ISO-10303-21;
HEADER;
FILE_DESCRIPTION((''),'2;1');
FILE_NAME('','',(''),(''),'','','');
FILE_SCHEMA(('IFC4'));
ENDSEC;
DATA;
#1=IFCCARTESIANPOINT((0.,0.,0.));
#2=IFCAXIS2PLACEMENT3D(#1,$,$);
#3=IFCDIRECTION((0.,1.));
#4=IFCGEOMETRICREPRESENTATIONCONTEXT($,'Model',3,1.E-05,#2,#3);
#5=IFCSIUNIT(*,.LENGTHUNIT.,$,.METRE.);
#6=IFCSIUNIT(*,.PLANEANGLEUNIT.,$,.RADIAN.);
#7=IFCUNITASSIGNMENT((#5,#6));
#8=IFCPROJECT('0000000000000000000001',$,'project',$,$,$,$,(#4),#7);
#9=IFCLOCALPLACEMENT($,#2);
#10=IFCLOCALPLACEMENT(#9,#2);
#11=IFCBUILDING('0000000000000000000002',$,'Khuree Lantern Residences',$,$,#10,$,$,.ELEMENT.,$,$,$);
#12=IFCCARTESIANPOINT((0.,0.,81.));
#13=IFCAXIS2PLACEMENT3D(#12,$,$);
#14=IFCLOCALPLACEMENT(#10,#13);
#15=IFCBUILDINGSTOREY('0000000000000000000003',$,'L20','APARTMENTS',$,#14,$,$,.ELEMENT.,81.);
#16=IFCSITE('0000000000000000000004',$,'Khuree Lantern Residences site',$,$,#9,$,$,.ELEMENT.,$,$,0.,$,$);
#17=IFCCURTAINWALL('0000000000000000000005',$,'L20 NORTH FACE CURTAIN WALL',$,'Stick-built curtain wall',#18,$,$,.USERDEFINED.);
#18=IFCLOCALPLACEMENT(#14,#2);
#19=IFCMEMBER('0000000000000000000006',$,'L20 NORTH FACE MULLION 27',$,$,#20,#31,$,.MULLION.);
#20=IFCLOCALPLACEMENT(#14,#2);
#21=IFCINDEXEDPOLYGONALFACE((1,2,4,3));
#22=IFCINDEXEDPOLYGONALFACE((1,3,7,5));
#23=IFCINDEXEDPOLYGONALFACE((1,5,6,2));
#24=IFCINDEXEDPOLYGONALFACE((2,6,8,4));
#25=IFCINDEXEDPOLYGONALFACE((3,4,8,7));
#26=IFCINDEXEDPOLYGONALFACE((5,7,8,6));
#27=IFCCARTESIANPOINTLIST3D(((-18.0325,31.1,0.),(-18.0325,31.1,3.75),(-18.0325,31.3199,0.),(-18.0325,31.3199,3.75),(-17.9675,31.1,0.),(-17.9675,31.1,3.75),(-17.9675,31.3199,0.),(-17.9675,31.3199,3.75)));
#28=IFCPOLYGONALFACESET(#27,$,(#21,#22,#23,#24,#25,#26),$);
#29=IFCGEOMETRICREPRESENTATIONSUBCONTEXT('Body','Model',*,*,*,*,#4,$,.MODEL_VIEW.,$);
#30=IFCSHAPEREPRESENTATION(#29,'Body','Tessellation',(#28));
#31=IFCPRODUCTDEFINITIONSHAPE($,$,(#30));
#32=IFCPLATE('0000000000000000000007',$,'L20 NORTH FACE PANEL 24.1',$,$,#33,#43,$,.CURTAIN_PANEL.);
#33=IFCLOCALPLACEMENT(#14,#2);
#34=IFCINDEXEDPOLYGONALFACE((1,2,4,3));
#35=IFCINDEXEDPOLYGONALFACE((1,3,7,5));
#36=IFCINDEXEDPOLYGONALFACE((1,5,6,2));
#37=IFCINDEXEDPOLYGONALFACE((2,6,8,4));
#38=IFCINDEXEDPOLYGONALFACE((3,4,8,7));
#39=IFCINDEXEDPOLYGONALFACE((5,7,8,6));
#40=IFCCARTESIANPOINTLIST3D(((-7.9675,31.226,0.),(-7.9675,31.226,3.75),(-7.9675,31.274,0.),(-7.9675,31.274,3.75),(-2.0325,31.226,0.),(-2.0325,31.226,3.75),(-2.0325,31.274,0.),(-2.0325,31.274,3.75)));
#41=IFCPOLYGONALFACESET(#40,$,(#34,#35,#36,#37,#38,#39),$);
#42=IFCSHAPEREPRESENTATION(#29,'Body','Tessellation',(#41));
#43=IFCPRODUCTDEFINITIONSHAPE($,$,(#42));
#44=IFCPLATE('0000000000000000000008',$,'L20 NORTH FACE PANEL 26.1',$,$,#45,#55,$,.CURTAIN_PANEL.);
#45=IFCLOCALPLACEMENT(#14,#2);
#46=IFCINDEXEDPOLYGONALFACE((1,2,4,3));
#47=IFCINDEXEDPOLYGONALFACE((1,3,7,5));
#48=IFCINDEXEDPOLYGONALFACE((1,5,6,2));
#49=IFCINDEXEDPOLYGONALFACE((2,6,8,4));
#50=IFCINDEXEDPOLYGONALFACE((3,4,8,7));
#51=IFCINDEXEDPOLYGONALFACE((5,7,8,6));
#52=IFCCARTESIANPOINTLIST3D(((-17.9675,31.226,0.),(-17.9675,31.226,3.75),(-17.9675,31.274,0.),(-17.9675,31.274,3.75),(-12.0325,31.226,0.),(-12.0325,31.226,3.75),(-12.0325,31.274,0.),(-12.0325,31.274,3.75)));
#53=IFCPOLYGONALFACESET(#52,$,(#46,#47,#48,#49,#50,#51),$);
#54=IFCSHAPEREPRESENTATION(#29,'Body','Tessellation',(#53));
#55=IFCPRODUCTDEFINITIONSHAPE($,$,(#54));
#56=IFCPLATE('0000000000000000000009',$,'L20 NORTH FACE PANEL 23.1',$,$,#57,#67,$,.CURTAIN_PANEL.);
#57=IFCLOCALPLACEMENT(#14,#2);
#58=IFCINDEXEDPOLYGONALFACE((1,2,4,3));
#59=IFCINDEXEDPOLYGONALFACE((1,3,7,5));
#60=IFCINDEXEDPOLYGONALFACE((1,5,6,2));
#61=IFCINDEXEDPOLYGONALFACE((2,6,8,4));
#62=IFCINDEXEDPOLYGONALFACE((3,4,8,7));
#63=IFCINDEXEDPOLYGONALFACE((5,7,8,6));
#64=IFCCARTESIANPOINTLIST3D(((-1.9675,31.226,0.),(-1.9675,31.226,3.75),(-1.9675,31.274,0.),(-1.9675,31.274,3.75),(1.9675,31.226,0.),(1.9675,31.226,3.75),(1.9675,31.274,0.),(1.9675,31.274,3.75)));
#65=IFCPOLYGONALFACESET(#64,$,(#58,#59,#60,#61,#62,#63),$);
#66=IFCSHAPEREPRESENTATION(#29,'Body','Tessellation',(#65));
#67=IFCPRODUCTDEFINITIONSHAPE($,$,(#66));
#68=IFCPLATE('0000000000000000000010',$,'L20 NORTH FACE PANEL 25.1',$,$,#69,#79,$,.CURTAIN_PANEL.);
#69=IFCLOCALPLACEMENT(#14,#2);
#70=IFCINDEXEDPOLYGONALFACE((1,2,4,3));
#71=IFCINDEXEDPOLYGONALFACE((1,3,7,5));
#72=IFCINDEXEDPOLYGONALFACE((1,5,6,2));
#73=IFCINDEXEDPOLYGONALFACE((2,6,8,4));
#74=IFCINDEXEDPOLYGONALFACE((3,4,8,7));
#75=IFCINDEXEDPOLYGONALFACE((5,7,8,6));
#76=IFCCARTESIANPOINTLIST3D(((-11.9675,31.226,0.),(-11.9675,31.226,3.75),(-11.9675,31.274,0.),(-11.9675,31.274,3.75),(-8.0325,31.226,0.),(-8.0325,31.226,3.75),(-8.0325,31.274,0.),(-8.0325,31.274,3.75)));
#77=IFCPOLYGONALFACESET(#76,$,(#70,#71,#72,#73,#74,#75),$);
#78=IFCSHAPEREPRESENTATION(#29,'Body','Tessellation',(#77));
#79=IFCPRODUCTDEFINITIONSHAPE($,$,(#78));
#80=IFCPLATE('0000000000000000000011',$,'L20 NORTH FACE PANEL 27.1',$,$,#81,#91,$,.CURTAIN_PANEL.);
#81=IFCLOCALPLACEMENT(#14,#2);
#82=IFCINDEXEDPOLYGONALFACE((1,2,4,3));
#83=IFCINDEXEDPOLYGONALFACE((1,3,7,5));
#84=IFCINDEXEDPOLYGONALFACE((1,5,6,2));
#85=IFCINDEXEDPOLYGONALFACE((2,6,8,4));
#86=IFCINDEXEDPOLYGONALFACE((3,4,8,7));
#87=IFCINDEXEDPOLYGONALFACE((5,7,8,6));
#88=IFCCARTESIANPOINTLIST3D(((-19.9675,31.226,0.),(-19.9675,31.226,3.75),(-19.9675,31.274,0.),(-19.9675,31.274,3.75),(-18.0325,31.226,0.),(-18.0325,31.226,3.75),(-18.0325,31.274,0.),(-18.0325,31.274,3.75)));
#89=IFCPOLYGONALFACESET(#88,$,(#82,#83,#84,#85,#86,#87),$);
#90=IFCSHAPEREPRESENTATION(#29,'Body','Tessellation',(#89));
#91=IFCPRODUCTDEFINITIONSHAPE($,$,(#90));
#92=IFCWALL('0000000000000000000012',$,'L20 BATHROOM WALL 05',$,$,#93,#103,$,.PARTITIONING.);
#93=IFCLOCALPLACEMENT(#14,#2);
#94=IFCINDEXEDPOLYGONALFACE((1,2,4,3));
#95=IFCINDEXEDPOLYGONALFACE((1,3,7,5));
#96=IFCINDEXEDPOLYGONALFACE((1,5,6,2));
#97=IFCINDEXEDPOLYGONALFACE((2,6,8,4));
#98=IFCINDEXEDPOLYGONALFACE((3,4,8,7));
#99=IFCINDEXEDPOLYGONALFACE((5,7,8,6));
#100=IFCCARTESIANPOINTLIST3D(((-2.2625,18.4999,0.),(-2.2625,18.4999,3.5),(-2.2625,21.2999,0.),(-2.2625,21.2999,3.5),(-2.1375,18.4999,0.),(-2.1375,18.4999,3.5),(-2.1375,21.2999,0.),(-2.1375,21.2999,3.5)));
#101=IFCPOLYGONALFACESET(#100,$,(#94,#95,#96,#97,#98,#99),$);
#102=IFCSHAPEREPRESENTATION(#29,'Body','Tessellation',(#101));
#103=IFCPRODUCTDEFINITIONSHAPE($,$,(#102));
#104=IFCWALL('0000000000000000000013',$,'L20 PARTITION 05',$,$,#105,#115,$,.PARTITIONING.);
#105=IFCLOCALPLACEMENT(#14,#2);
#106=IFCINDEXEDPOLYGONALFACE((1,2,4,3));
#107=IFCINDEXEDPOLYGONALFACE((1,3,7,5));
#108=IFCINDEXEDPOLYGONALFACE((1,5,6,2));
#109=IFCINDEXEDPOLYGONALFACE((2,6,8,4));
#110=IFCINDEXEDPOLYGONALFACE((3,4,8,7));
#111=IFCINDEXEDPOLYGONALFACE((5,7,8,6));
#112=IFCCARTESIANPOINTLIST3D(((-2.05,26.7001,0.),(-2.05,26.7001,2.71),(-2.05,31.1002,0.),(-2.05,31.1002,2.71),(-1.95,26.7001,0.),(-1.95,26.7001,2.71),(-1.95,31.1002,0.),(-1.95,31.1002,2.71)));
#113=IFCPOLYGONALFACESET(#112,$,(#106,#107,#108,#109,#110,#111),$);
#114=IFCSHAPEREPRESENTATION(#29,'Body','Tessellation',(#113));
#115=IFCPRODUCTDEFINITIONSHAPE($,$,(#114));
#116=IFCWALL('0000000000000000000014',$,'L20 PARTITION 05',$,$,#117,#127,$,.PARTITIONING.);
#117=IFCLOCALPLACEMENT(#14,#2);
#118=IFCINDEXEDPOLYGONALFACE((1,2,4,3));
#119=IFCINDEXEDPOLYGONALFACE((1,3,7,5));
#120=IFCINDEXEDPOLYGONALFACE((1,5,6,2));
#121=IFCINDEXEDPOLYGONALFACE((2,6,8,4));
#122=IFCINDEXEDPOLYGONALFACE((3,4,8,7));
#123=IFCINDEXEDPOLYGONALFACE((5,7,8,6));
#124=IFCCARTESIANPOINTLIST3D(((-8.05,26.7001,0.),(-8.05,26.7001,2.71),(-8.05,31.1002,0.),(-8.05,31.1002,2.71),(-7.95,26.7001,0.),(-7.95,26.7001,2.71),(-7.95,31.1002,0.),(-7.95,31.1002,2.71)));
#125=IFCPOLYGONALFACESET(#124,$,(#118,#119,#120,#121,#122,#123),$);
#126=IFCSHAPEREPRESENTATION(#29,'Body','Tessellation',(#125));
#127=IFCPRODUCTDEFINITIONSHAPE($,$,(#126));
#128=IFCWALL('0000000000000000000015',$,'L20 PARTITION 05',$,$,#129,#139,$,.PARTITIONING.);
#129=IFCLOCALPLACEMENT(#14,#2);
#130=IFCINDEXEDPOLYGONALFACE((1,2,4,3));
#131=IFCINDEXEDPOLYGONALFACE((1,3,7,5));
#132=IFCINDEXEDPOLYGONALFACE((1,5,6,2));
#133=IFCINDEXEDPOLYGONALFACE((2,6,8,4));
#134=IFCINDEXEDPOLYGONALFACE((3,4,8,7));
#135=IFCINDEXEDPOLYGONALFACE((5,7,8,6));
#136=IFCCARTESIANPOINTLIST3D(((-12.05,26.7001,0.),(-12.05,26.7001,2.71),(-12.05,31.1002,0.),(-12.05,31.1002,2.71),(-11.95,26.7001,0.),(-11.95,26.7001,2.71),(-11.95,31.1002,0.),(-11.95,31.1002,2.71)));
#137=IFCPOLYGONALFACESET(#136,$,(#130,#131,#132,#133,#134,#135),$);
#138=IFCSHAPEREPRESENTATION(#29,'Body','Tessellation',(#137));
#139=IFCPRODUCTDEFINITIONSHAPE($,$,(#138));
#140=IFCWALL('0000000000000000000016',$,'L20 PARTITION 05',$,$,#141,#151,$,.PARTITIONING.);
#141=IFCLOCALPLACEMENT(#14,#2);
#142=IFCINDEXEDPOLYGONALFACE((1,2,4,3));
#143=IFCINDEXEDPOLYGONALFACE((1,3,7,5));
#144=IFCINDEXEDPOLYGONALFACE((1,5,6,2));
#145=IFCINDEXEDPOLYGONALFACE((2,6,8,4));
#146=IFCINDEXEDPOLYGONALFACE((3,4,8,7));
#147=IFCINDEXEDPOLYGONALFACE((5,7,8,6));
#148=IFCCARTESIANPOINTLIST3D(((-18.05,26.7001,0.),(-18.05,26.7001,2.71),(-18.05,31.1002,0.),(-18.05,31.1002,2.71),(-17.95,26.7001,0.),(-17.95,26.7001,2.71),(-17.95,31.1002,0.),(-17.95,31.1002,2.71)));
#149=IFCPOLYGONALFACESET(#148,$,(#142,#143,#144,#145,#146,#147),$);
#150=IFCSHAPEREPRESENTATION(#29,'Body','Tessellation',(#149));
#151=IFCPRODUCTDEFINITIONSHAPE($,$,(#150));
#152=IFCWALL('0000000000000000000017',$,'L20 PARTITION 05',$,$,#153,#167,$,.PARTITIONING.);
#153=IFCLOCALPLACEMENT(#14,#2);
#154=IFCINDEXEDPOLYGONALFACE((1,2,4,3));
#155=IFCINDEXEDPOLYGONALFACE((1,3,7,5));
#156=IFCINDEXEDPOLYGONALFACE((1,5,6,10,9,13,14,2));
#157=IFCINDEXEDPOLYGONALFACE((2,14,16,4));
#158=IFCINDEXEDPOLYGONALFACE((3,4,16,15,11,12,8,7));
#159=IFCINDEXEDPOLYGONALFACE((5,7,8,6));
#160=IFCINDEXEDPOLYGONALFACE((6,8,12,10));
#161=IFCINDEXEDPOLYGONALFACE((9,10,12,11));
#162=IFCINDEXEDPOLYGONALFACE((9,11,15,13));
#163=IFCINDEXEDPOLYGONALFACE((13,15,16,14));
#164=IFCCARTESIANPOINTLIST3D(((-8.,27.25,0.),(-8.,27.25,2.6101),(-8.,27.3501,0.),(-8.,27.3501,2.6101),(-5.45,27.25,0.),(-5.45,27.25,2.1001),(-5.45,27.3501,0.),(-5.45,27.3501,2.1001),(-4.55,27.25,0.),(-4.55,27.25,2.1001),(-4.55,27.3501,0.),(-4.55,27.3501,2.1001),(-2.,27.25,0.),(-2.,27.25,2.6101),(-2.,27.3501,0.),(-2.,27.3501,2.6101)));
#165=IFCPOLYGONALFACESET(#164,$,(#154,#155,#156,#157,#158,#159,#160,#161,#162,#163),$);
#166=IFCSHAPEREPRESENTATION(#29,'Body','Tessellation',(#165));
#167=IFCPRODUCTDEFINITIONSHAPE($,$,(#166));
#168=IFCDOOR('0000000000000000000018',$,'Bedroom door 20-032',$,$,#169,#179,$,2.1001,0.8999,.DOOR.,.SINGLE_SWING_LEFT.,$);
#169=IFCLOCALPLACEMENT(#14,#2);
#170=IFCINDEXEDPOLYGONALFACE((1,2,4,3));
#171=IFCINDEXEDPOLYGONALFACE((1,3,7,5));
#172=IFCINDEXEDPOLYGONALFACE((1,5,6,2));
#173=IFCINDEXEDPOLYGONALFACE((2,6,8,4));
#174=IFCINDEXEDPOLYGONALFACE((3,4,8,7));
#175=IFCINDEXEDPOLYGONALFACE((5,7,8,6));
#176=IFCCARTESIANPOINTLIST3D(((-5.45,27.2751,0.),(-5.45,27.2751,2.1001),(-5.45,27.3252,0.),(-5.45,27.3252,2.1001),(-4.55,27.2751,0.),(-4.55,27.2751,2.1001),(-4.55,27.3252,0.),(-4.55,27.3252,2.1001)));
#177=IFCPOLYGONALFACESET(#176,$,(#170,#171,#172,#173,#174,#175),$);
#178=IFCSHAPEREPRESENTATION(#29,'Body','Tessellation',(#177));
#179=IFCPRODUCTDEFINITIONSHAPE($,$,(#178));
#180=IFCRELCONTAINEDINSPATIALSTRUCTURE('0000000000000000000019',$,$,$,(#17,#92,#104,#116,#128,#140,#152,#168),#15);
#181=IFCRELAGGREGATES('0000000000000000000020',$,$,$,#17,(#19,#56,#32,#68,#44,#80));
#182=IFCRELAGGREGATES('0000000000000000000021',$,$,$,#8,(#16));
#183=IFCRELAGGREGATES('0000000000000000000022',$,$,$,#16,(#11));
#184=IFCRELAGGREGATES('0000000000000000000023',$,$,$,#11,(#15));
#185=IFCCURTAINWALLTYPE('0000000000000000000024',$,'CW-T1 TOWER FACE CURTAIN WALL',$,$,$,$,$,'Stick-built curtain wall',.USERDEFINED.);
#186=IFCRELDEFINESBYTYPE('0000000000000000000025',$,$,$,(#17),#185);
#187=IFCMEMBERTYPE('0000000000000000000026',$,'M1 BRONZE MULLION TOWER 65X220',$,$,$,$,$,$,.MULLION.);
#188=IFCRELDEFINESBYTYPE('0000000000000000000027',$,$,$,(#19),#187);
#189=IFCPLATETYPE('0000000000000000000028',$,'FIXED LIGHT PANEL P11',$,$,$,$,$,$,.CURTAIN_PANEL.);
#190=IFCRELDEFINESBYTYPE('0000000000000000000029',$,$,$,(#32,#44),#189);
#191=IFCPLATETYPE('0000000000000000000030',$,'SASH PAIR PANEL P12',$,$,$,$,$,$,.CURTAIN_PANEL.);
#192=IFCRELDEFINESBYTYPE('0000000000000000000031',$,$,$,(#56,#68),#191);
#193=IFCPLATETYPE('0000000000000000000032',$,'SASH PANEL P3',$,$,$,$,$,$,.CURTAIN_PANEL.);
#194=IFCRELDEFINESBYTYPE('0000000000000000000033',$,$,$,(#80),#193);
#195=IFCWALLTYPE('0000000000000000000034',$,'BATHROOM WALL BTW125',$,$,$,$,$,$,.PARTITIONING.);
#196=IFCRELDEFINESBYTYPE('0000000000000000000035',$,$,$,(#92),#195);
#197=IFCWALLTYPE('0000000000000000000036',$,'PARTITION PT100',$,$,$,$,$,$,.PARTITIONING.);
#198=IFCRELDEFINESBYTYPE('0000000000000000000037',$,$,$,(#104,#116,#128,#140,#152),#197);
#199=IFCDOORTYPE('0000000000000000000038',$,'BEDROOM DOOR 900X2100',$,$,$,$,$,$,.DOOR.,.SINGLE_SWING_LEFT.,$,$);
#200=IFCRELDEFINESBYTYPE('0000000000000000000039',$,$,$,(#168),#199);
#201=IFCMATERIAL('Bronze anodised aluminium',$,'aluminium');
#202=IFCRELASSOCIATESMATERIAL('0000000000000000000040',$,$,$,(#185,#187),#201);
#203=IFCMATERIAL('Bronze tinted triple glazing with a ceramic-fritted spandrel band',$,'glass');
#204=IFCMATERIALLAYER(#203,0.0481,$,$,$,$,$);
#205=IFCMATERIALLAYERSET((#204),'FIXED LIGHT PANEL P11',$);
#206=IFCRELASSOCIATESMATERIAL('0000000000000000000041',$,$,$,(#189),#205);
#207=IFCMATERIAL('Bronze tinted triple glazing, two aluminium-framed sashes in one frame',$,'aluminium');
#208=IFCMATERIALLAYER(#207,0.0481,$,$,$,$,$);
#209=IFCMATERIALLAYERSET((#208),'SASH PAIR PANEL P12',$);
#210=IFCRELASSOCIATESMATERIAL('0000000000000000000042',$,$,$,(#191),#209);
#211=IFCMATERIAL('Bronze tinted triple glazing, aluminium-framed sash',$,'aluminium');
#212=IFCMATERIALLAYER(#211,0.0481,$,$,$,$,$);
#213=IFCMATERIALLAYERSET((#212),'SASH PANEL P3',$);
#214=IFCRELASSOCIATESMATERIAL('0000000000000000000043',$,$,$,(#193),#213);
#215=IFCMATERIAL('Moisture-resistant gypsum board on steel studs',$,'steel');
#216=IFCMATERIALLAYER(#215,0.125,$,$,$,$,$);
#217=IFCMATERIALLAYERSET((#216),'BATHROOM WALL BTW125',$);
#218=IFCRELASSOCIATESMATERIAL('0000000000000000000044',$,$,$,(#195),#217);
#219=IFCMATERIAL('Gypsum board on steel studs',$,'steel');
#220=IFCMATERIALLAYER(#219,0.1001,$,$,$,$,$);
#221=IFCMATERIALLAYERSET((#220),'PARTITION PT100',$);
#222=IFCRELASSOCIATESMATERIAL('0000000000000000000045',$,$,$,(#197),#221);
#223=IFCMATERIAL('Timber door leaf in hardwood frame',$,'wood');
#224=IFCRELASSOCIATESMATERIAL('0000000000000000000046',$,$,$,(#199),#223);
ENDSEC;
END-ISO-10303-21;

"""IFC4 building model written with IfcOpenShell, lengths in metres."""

from ifc_helpers import new_model, si_unit, direction, frame, frame_2d, origin, origin_2d, place, context, subcontext, project, spatial, rectangle, extrude, material, layer, layer_set, material_profile, profile_set, type_object, element, fill, aggregate, save


model = new_model("IFC4")

# Units and contexts
model_context = context("Model", 3, precision=1e-05, world=origin(), true_north=direction((0.0, 1.0)))
body_context = subcontext(model_context, "Body", "Model", "MODEL_VIEW")
ifc_project = project(units=[si_unit("LENGTHUNIT", "METRE"), si_unit("PLANEANGLEUNIT", "RADIAN")], contexts=[model_context])

# Site, building, storey
site_placement = place(None, origin())
site = spatial("IfcSite", under=ifc_project, at=site_placement, Name="Khuree Lantern Residences site", CompositionType="ELEMENT", RefElevation=0.0)
building_placement = place(site_placement, origin())
building = spatial("IfcBuilding", under=site, at=building_placement, Name="Khuree Lantern Residences", CompositionType="ELEMENT")
storey_placement = place(building_placement, frame((0.0, 0.0, 81.0)))
storey = spatial("IfcBuildingStorey", under=building, at=storey_placement, Name="L20", Description="APARTMENTS", CompositionType="ELEMENT", Elevation=81.0)

# Curtain wall
ifc_material_1 = material(Name="Bronze anodised aluminium", Category="aluminium")
curtain_wall_type = type_object("IfcCurtainWallType", Name="CW-T1 TOWER FACE CURTAIN WALL", ElementType="Stick-built curtain wall", PredefinedType="USERDEFINED", material=ifc_material_1)
curtain_wall_placement = place(storey_placement, origin())
curtain_wall = element("IfcCurtainWall", 1, at=curtain_wall_placement, inside=storey, type_object=curtain_wall_type, Name="L20 NORTH FACE CURTAIN WALL", ObjectType="Stick-built curtain wall", PredefinedType="USERDEFINED")

# Member
ifc_material_profile_1 = material_profile(ifc_material_1, rectangle(XDim=0.0649, YDim=0.22, at=origin_2d()), Name="M1 65X220")
ifc_profile_set_1 = profile_set([ifc_material_profile_1], Name="Bronze anodised aluminium")
member_type_1 = type_object("IfcMemberType", Name="M1 BRONZE MULLION TOWER 65X220", PredefinedType="MULLION", material=ifc_profile_set_1)
member_1_placement = place(storey_placement, frame((-18.0, 31.21, 0.0), z_axis=(0.0, 0.0, 1.0), x_axis=(-1.0, 0.0, 0.0)))
member_1 = element("IfcMember", 2, at=member_1_placement, type_object=member_type_1, Name="L20 NORTH FACE MULLION 27", PredefinedType="MULLION", context=body_context, shape_type="SweptSolid", body=[
    extrude(rectangle(XDim=0.0649, YDim=0.22, at=origin_2d()), origin(), (0.0, 0.0, 1.0), 3.75),
])

# Plates
ifc_material_2 = material(Name="Bronze tinted triple glazing with a ceramic-fritted spandrel band", Category="glass")
ifc_layer_1 = layer(ifc_material_2, 0.0481)
ifc_layer_set_1 = layer_set([ifc_layer_1], Name="FIXED LIGHT PANEL P11")
plate_type_1 = type_object("IfcPlateType", Name="FIXED LIGHT PANEL P11", PredefinedType="CURTAIN_PANEL", material=ifc_layer_set_1)
plate_1_placement = place(storey_placement, frame((-5.0, 31.25, 0.0), z_axis=(0.0, 0.0, 1.0), x_axis=(-1.0, 0.0, 0.0)))
plate_1 = element("IfcPlate", 3, at=plate_1_placement, type_object=plate_type_1, Name="L20 NORTH FACE PANEL 24.1", PredefinedType="CURTAIN_PANEL", context=body_context, shape_type="SweptSolid", body=[
    extrude(rectangle(XDim=5.9351, YDim=0.0481, at=origin_2d()), origin(), (0.0, 0.0, 1.0), 3.75),
])
plate_2_placement = place(storey_placement, frame((-15.0, 31.25, 0.0), z_axis=(0.0, 0.0, 1.0), x_axis=(-1.0, 0.0, 0.0)))
plate_2 = element("IfcPlate", 4, at=plate_2_placement, type_object=plate_type_1, Name="L20 NORTH FACE PANEL 26.1", PredefinedType="CURTAIN_PANEL", context=body_context, shape_type="SweptSolid", body=[
    extrude(rectangle(XDim=5.9351, YDim=0.0481, at=origin_2d()), origin(), (0.0, 0.0, 1.0), 3.75),
])
ifc_material_3 = material(Name="Bronze tinted triple glazing, two aluminium-framed sashes in one frame", Category="aluminium")
ifc_layer_2 = layer(ifc_material_3, 0.0481)
ifc_layer_set_2 = layer_set([ifc_layer_2], Name="SASH PAIR PANEL P12")
plate_type_2 = type_object("IfcPlateType", Name="SASH PAIR PANEL P12", PredefinedType="CURTAIN_PANEL", material=ifc_layer_set_2)
plate_3_placement = place(storey_placement, frame((0.0, 31.25, 0.0), z_axis=(0.0, 0.0, 1.0), x_axis=(-1.0, 0.0, 0.0)))
plate_3 = element("IfcPlate", 5, at=plate_3_placement, type_object=plate_type_2, Name="L20 NORTH FACE PANEL 23.1", PredefinedType="CURTAIN_PANEL", context=body_context, shape_type="SweptSolid", body=[
    extrude(rectangle(XDim=3.9351, YDim=0.0481, at=origin_2d()), origin(), (0.0, 0.0, 1.0), 3.75),
])
plate_4_placement = place(storey_placement, frame((-10.0, 31.25, 0.0), z_axis=(0.0, 0.0, 1.0), x_axis=(-1.0, 0.0, 0.0)))
plate_4 = element("IfcPlate", 6, at=plate_4_placement, type_object=plate_type_2, Name="L20 NORTH FACE PANEL 25.1", PredefinedType="CURTAIN_PANEL", context=body_context, shape_type="SweptSolid", body=[
    extrude(rectangle(XDim=3.9351, YDim=0.0481, at=origin_2d()), origin(), (0.0, 0.0, 1.0), 3.75),
])
ifc_material_4 = material(Name="Bronze tinted triple glazing, aluminium-framed sash", Category="aluminium")
ifc_layer_3 = layer(ifc_material_4, 0.0481)
ifc_layer_set_3 = layer_set([ifc_layer_3], Name="SASH PANEL P3")
plate_type_3 = type_object("IfcPlateType", Name="SASH PANEL P3", PredefinedType="CURTAIN_PANEL", material=ifc_layer_set_3)
plate_5_placement = place(storey_placement, frame((-19.0, 31.25, 0.0), z_axis=(0.0, 0.0, 1.0), x_axis=(-1.0, 0.0, 0.0)))
plate_5 = element("IfcPlate", 7, at=plate_5_placement, type_object=plate_type_3, Name="L20 NORTH FACE PANEL 27.1", PredefinedType="CURTAIN_PANEL", context=body_context, shape_type="SweptSolid", body=[
    extrude(rectangle(XDim=1.9351, YDim=0.0481, at=origin_2d()), origin(), (0.0, 0.0, 1.0), 3.75),
])
aggregate(curtain_wall, [member_1, plate_3, plate_1, plate_4, plate_2, plate_5])

# Walls
ifc_material_5 = material(Name="Moisture-resistant gypsum board on steel studs", Category="steel")
ifc_layer_4 = layer(ifc_material_5, 0.125)
ifc_layer_set_4 = layer_set([ifc_layer_4], Name="BATHROOM WALL BTW125")
wall_type_1 = type_object("IfcWallType", Name="BATHROOM WALL BTW125", PredefinedType="PARTITIONING", material=ifc_layer_set_4)
wall_1_placement = place(storey_placement, frame((-2.2, 18.5, 0.0), z_axis=(0.0, 0.0, 1.0), x_axis=(0.0, 1.0, 0.0)))
element("IfcWall", 8, at=wall_1_placement, inside=storey, type_object=wall_type_1, Name="L20 BATHROOM WALL 05", PredefinedType="PARTITIONING", context=body_context, shape_type="SweptSolid", body=[
    extrude(rectangle(XDim=2.8, YDim=0.125, at=frame_2d((1.3999, 0.0))), origin(), (0.0, 0.0, 1.0), 3.5),
])
ifc_material_6 = material(Name="Gypsum board on steel studs", Category="steel")
ifc_layer_5 = layer(ifc_material_6, 0.1001)
ifc_layer_set_5 = layer_set([ifc_layer_5], Name="PARTITION PT100")
wall_type_2 = type_object("IfcWallType", Name="PARTITION PT100", PredefinedType="PARTITIONING", material=ifc_layer_set_5)
for number, where, z_axis, x_axis, name in (
    (9, (-2.0, 26.7, 0.0), (0.0, 0.0, 1.0), (0.0, 1.0, 0.0), "L20 PARTITION 05"),
    (10, (-8.0, 26.7, 0.0), (0.0, 0.0, 1.0), (0.0, 1.0, 0.0), "L20 PARTITION 05"),
    (11, (-12.0, 26.7, 0.0), (0.0, 0.0, 1.0), (0.0, 1.0, 0.0), "L20 PARTITION 05"),
    (12, (-18.0, 26.7, 0.0), (0.0, 0.0, 1.0), (0.0, 1.0, 0.0), "L20 PARTITION 05"),
):
    element("IfcWall", number, at=place(storey_placement, frame(where, z_axis=z_axis, x_axis=x_axis)), inside=storey, type_object=wall_type_2, Name=name, PredefinedType="PARTITIONING", context=body_context, shape_type="SweptSolid", body=[
        extrude(rectangle(XDim=4.4001, YDim=0.1001, at=frame_2d((2.2002, 0.0))), origin(), (0.0, 0.0, 1.0), 2.71),
    ])

# Wall, opening, door
wall_2_placement = place(storey_placement, frame((-2.0, 27.3, 0.0), z_axis=(0.0, 0.0, 1.0), x_axis=(-1.0, 0.0, 0.0)))
wall_2 = element("IfcWall", 13, at=wall_2_placement, inside=storey, type_object=wall_type_2, Name="L20 PARTITION 05", PredefinedType="PARTITIONING", context=body_context, shape_type="SweptSolid", body=[
    extrude(rectangle(XDim=6.0, YDim=0.1001, at=frame_2d((3.0, 0.0))), origin(), (0.0, 0.0, 1.0), 2.6101),
])
opening_1_placement = place(wall_2_placement, frame((2.55, 0.0, 0.0)))
opening_1 = element("IfcOpeningElement", 14, at=opening_1_placement, cuts=wall_2, PredefinedType="OPENING", context=body_context, shape_type="SweptSolid", body=[
    extrude(rectangle(XDim=0.8999, YDim=2.1001, at=frame_2d((0.45, 1.05))), frame((0.0, 0.0601, 0.0), z_axis=(0.0, -1.0, 0.0), x_axis=(1.0, 0.0, 0.0)), (0.0, 0.0, 1.0), 0.1201),
])
ifc_material_7 = material(Name="Timber door leaf in hardwood frame", Category="wood")
door_type = type_object("IfcDoorType", Name="BEDROOM DOOR 900X2100", OperationType="SINGLE_SWING_LEFT", PredefinedType="DOOR", material=ifc_material_7)
door_1_placement = place(opening_1_placement, origin())
door_1 = element("IfcDoor", 15, at=door_1_placement, inside=storey, type_object=door_type, Name="Bedroom door 20-032", OperationType="SINGLE_SWING_LEFT", OverallHeight=2.1001, OverallWidth=0.8999, PredefinedType="DOOR", context=body_context, shape_type="SweptSolid", body=[
    extrude(rectangle(XDim=0.8999, YDim=2.1001, at=frame_2d((0.45, 1.05))), frame((0.0, 0.0249, 0.0), z_axis=(0.0, -1.0, 0.0), x_axis=(1.0, 0.0, 0.0)), (0.0, 0.0, 1.0), 0.05),
])
fill(opening_1, door_1)

save(model, "model.ifc")
